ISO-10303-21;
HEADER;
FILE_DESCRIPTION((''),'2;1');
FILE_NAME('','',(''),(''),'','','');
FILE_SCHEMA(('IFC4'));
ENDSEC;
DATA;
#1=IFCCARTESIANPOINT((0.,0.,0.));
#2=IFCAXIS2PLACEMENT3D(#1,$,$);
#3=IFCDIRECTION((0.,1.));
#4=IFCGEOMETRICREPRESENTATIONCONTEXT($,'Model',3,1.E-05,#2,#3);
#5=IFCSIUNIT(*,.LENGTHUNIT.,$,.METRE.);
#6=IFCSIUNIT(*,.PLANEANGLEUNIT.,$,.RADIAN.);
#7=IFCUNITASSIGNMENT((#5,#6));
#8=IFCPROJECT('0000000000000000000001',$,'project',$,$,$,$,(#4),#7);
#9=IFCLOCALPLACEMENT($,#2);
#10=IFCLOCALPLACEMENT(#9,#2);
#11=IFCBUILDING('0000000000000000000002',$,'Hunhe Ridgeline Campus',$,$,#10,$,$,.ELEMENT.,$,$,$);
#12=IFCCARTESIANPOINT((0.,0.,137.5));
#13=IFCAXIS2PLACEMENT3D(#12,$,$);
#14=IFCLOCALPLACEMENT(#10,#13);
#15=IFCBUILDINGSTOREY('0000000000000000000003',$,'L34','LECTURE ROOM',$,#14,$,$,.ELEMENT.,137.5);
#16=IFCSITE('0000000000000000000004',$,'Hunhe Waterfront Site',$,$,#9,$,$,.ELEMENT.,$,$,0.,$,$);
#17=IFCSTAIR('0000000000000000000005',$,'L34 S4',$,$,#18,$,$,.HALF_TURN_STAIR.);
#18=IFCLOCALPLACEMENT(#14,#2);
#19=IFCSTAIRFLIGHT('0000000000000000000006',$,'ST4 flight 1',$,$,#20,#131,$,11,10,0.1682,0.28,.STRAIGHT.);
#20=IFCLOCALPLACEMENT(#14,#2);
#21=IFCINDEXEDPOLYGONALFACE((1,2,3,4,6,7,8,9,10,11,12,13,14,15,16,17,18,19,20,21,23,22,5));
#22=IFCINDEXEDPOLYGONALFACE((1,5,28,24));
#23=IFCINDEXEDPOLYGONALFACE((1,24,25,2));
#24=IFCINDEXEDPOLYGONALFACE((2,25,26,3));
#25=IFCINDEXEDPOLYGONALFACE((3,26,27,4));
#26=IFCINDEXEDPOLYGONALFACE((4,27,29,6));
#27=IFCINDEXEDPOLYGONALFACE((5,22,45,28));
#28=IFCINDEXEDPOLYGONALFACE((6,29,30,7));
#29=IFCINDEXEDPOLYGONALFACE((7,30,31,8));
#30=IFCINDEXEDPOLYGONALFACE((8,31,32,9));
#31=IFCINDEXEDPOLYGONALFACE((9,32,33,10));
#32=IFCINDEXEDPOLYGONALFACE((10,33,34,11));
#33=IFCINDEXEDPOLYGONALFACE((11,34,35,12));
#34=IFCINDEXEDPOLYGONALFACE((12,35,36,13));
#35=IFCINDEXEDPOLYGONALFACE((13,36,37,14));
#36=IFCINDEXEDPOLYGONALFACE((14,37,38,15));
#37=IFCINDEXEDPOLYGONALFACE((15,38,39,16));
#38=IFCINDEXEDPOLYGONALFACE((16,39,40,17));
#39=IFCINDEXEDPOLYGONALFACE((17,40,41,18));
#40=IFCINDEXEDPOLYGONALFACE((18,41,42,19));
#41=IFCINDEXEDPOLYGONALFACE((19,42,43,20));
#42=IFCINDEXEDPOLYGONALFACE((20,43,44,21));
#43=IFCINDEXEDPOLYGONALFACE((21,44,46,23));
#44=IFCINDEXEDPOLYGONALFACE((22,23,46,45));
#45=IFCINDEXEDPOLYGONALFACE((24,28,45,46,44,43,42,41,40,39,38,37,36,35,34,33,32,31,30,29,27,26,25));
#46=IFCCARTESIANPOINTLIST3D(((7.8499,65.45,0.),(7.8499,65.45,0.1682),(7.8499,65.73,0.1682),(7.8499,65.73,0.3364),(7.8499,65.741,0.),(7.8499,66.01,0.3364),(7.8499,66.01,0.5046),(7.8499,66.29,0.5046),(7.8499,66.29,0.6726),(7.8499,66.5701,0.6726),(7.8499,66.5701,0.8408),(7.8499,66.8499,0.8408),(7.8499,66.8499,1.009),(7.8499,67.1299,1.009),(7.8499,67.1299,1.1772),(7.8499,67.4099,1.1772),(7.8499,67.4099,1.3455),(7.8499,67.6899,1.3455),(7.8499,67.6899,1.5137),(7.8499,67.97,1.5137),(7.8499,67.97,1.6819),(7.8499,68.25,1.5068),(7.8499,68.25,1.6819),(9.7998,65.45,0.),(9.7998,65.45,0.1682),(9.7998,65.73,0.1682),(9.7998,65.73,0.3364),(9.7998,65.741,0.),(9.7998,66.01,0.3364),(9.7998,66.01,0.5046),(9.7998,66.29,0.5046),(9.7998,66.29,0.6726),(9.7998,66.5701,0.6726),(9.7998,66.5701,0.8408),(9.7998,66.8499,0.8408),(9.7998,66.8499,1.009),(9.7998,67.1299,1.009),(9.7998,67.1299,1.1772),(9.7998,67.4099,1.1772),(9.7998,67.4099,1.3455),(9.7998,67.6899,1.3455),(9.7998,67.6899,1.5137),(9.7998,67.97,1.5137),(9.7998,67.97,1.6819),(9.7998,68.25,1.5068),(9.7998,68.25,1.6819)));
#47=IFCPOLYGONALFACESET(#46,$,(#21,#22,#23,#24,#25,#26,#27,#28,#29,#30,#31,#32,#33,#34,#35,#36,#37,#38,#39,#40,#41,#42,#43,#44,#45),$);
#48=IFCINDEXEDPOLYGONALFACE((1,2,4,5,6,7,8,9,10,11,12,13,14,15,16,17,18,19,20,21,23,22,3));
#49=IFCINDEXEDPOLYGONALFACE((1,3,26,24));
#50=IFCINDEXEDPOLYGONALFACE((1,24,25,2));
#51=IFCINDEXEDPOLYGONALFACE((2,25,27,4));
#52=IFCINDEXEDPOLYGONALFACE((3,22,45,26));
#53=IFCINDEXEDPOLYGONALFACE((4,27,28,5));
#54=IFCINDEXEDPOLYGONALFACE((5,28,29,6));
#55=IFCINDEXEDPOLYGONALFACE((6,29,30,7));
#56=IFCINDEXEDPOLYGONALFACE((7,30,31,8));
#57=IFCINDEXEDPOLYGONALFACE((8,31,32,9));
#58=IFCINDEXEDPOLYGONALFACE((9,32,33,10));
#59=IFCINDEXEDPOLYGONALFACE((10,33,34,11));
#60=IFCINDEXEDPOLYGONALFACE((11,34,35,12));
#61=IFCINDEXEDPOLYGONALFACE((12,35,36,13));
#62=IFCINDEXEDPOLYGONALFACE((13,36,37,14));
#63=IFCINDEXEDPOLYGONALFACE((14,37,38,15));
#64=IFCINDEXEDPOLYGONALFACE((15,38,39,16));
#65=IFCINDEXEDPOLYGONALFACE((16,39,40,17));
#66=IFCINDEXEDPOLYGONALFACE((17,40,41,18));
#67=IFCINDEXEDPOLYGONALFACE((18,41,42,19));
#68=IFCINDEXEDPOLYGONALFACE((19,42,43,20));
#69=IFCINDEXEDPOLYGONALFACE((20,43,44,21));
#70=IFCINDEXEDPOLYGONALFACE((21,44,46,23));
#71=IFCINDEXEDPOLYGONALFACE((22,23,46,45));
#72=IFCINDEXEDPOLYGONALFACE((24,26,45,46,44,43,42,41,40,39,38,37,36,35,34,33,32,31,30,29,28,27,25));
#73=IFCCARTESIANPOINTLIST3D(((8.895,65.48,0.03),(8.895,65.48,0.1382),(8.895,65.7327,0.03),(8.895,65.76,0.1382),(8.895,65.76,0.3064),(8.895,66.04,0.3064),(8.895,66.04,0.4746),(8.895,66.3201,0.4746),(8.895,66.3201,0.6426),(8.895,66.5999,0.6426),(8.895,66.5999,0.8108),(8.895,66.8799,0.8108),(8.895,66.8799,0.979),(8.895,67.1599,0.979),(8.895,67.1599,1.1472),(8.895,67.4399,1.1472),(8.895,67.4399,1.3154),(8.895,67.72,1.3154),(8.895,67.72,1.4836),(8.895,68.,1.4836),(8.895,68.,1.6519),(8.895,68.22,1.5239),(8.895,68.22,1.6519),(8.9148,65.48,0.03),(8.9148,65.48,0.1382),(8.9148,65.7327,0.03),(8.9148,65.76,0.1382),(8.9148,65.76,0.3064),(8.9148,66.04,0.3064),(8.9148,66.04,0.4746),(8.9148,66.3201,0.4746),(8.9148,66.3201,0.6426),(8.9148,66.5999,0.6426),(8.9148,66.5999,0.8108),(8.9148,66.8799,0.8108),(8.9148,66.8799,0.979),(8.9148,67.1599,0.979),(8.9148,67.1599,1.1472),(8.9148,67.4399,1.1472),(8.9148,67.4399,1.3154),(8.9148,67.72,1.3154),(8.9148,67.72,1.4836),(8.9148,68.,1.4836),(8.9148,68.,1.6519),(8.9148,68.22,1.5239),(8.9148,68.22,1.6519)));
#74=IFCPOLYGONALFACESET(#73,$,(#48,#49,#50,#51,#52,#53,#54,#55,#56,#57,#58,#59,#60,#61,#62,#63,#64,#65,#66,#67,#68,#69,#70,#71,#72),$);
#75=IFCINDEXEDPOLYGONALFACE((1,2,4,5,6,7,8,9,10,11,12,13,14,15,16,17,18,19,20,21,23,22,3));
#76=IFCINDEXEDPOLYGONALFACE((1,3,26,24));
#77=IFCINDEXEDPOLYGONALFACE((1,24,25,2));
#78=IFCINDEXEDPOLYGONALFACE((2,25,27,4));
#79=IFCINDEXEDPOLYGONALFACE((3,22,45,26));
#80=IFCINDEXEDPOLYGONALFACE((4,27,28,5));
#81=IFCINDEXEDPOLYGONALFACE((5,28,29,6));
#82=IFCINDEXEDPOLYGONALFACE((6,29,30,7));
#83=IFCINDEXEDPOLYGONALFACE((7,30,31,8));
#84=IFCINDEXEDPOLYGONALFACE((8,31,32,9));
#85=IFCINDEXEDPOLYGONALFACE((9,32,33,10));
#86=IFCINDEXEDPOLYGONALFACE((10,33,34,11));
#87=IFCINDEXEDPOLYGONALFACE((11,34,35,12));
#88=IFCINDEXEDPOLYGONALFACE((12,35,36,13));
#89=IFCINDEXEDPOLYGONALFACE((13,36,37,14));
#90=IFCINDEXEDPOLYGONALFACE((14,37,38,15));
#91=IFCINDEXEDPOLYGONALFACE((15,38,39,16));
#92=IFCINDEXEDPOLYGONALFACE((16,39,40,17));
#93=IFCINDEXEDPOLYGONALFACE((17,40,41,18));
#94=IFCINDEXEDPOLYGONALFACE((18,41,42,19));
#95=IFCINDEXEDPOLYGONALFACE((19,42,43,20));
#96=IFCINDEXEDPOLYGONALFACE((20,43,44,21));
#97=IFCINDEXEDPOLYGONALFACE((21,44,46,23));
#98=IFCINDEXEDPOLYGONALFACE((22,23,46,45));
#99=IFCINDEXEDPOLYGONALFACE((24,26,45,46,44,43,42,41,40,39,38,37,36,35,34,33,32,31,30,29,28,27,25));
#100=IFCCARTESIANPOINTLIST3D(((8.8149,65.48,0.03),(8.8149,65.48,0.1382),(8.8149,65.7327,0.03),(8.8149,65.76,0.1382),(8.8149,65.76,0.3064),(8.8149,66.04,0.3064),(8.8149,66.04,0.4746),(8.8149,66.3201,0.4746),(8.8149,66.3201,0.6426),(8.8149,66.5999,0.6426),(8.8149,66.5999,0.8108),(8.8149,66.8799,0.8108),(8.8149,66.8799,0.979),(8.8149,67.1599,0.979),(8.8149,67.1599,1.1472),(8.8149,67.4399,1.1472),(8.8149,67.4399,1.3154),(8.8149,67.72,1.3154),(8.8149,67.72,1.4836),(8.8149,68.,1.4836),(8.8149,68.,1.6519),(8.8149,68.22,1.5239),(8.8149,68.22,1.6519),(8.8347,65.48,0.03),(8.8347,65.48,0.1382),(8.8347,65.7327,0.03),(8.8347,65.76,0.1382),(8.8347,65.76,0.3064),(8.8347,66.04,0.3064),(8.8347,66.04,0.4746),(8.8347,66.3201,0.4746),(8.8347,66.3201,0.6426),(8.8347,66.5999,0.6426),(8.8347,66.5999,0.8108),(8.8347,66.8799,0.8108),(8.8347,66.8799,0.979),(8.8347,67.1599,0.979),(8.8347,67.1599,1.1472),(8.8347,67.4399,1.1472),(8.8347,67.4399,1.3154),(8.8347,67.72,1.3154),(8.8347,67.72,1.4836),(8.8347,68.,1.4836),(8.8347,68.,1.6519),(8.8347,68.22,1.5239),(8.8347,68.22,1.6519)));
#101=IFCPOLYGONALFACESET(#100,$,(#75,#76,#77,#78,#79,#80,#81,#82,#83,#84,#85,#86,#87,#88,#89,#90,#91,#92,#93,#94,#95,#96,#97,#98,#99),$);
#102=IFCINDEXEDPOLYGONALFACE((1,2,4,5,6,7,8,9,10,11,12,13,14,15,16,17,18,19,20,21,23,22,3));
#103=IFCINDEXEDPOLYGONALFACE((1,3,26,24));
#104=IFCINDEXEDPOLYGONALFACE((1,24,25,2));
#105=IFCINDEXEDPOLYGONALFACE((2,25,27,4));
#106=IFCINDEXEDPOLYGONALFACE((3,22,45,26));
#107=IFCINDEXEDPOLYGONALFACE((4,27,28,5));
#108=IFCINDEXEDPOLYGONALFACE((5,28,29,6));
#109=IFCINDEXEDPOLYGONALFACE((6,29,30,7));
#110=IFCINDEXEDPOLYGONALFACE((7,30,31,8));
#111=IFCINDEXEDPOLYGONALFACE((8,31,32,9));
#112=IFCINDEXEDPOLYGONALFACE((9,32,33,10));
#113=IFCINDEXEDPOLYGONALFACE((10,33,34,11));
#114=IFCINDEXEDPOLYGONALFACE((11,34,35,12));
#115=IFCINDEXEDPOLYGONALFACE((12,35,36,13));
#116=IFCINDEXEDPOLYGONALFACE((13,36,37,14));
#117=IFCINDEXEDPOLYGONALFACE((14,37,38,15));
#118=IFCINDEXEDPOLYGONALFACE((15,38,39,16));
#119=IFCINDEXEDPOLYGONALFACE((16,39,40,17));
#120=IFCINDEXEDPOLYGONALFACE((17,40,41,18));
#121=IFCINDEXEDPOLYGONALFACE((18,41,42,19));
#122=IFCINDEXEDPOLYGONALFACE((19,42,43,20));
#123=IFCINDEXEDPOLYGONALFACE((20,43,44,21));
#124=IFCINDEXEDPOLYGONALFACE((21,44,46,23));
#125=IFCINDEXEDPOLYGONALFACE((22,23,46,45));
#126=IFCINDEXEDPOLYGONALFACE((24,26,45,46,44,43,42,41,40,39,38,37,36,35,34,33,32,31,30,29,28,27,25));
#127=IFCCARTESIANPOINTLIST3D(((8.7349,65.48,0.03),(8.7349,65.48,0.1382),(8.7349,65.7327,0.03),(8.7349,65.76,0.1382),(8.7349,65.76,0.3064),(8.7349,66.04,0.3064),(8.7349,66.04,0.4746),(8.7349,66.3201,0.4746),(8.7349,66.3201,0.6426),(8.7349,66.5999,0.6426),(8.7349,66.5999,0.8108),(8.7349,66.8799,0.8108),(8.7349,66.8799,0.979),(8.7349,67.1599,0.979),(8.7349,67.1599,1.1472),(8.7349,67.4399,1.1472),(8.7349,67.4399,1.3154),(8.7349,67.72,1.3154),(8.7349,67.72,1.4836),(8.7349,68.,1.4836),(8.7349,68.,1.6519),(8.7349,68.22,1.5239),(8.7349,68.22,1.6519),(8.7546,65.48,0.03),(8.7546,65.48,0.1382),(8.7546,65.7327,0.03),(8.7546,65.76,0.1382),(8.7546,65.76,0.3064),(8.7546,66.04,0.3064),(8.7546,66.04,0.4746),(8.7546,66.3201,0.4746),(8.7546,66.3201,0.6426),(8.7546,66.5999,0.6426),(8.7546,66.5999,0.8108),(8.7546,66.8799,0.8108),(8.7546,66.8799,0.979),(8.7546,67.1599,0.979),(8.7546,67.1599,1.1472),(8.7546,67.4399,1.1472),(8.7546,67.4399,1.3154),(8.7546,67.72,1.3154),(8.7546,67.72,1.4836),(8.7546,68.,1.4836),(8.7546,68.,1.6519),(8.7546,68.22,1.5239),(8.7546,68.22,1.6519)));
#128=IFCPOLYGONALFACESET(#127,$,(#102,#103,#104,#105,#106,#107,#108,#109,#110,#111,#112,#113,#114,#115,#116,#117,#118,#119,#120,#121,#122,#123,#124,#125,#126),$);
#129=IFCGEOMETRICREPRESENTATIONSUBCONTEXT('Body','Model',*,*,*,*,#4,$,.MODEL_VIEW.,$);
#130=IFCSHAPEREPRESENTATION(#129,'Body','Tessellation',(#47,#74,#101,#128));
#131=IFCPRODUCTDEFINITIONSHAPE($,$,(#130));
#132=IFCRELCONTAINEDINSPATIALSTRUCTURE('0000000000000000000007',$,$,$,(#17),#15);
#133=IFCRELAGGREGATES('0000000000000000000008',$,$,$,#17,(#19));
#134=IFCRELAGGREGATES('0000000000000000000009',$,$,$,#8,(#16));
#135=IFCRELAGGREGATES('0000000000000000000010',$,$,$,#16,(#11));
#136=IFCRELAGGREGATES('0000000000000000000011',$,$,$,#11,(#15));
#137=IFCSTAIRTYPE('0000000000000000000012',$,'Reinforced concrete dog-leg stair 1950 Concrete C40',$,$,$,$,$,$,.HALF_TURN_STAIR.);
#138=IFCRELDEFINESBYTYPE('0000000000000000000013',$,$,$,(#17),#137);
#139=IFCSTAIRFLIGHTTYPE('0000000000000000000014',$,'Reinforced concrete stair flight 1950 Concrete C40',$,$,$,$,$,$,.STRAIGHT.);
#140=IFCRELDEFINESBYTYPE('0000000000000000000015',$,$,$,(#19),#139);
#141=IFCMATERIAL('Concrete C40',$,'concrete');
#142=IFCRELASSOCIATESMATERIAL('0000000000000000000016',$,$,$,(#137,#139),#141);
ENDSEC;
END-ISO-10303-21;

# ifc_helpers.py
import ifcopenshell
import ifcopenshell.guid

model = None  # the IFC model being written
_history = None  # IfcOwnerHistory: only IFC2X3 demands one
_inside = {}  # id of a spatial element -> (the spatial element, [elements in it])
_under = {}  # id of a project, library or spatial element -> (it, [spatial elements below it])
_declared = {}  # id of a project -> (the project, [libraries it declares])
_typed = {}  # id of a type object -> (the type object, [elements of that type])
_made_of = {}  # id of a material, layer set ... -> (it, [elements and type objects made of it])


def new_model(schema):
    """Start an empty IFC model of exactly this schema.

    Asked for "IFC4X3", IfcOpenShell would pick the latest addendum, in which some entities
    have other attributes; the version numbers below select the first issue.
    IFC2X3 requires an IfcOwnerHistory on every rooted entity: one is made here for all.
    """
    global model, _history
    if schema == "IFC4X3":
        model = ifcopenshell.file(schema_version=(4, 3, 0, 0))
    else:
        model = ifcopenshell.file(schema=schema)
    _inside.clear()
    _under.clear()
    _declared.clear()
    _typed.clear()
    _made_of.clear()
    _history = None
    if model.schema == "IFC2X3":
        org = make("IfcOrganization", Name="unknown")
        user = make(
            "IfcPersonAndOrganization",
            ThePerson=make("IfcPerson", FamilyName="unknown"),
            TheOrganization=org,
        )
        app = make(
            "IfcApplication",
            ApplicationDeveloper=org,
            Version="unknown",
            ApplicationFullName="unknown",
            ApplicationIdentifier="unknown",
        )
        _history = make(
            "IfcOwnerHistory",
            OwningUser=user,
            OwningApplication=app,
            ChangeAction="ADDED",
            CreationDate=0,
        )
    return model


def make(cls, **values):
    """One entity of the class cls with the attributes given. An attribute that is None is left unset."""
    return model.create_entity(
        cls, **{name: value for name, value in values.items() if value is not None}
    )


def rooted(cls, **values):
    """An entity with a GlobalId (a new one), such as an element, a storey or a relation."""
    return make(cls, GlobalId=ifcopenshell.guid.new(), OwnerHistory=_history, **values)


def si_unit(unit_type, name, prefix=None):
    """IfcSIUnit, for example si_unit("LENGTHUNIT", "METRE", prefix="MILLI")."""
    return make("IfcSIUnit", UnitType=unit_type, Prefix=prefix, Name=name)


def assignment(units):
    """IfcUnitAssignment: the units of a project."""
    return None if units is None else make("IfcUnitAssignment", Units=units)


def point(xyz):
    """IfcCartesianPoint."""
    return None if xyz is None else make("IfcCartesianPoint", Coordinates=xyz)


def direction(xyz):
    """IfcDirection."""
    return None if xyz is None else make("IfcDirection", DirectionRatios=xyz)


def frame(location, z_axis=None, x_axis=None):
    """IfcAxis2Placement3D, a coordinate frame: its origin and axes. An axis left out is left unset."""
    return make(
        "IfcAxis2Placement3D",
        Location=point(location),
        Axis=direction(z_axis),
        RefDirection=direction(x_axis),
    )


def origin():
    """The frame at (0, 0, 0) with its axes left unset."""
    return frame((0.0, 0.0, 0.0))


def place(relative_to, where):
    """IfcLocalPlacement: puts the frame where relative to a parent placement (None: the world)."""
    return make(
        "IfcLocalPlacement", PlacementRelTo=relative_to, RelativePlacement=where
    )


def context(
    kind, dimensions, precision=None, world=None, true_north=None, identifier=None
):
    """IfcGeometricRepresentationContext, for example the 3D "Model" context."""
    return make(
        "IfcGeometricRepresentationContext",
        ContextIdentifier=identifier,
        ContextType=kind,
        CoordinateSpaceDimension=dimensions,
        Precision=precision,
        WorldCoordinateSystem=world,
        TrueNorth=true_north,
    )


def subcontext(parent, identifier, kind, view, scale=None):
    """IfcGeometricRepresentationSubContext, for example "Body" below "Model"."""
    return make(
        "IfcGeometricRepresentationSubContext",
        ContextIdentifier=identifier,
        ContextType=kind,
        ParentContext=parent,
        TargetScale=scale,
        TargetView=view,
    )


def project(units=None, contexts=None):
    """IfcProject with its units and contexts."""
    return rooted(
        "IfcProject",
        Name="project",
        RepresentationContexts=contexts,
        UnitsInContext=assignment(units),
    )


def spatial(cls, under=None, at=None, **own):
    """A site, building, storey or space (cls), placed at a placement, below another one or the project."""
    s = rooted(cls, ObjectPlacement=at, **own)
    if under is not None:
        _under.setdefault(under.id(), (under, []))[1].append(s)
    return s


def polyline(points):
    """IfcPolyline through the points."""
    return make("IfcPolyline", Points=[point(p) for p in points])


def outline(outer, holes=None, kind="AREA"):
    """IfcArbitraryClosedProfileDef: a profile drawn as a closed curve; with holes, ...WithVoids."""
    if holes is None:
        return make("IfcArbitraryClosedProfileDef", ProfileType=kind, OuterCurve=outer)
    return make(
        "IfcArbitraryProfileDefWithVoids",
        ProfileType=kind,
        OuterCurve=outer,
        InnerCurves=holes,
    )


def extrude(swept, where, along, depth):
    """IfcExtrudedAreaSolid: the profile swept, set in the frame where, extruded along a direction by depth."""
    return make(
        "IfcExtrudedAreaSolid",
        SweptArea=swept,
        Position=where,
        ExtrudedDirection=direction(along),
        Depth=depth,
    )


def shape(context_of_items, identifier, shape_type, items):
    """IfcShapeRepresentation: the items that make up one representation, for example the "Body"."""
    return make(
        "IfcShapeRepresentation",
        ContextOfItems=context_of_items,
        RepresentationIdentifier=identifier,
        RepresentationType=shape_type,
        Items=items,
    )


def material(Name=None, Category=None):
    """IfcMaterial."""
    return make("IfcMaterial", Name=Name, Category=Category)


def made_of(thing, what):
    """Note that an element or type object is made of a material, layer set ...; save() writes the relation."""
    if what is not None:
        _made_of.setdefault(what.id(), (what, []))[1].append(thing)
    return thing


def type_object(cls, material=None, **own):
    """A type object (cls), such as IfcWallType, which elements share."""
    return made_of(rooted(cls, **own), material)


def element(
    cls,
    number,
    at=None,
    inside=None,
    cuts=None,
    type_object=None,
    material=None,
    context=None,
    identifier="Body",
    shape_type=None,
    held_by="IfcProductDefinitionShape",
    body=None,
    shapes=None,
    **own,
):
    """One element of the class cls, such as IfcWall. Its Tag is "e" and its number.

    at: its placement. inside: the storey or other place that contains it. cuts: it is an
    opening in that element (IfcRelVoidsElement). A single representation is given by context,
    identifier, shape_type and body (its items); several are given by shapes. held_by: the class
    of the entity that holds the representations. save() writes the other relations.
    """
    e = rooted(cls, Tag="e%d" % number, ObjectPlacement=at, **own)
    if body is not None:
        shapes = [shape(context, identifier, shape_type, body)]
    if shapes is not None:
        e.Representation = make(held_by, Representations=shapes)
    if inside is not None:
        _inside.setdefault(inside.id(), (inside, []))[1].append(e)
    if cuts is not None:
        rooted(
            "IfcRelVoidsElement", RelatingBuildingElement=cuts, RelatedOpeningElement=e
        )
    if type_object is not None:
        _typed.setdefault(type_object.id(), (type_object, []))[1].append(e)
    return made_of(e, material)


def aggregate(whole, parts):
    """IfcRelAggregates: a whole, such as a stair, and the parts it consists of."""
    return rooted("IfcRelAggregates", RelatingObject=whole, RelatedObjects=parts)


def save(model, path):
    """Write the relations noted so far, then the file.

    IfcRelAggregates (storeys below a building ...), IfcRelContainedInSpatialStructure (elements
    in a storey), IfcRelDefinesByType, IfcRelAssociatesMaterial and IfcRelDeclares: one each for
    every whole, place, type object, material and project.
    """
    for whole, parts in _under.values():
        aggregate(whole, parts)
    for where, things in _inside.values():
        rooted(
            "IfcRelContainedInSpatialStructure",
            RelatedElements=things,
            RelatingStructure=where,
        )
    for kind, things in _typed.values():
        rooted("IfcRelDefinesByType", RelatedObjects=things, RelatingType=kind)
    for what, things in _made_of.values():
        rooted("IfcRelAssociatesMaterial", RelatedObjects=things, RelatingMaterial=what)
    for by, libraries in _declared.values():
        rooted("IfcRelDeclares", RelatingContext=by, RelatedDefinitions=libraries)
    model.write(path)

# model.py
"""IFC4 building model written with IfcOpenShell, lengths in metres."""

from ifc_helpers import new_model, si_unit, direction, frame, origin, place, context, subcontext, project, spatial, polyline, outline, extrude, material, type_object, element, aggregate, save


model = new_model("IFC4")

# Units and contexts
model_context = context("Model", 3, precision=1e-05, world=origin(), true_north=direction((0.0, 1.0)))
body_context = subcontext(model_context, "Body", "Model", "MODEL_VIEW")
ifc_project = project(units=[si_unit("LENGTHUNIT", "METRE"), si_unit("PLANEANGLEUNIT", "RADIAN")], contexts=[model_context])

# Site, building, storey
site_placement = place(None, origin())
site = spatial("IfcSite", under=ifc_project, at=site_placement, Name="Hunhe Waterfront Site", CompositionType="ELEMENT", RefElevation=0.0)
building_placement = place(site_placement, origin())
building = spatial("IfcBuilding", under=site, at=building_placement, Name="Hunhe Ridgeline Campus", CompositionType="ELEMENT")
storey_placement = place(building_placement, frame((0.0, 0.0, 137.5)))
storey = spatial("IfcBuildingStorey", under=building, at=storey_placement, Name="L34", Description="LECTURE ROOM", CompositionType="ELEMENT", Elevation=137.5)

# Stair, stair flight
ifc_material_1 = material(Name="Concrete C40", Category="concrete")
stair_type = type_object("IfcStairType", Name="Reinforced concrete dog-leg stair 1950 Concrete C40", PredefinedType="HALF_TURN_STAIR", material=ifc_material_1)
stair_flight_type = type_object("IfcStairFlightType", Name="Reinforced concrete stair flight 1950 Concrete C40", PredefinedType="STRAIGHT", material=ifc_material_1)
stair_1_placement = place(storey_placement, origin())
stair_1 = element("IfcStair", 1, at=stair_1_placement, inside=storey, type_object=stair_type, Name="L34 S4", PredefinedType="HALF_TURN_STAIR")
stair_flight_1_placement = place(storey_placement, frame((8.825, 65.45, 0.0), z_axis=(0.0, 0.0, 1.0), x_axis=(0.0, 1.0, 0.0)))
stair_flight_1 = element("IfcStairFlight", 2, at=stair_flight_1_placement, type_object=stair_flight_type, Name="ST4 flight 1", NumberOfRisers=11, NumberOfTreads=10, PredefinedType="STRAIGHT", RiserHeight=0.1682, TreadLength=0.28, context=body_context, shape_type="SweptSolid", body=[
    extrude(outline(polyline([(0.0, 0.0), (0.0, 0.1682), (0.28, 0.1682), (0.28, 0.3364), (0.5601, 0.3364), (0.5601, 0.5046), (0.8401, 0.5046), (0.8401, 0.6726), (1.1201, 0.6726), (1.1201, 0.8408), (1.3999, 0.8408), (1.3999, 1.009), (1.6799, 1.009), (1.6799, 1.1772), (1.96, 1.1772), (1.96, 1.3455), (2.24, 1.3455), (2.24, 1.5137), (2.52, 1.5137), (2.52, 1.6819), (2.8, 1.6819), (2.8, 1.8501), (2.8, 1.5068), (0.291, 0.0), (0.0, 0.0)])), frame((0.0, 0.9751, 0.0), z_axis=(0.0, -1.0, 0.0), x_axis=(1.0, 0.0, 0.0)), (0.0, 0.0, 1.0), 1.95),
    extrude(outline(polyline([(0.03, 0.03), (0.03, 0.1382), (0.3101, 0.1382), (0.3101, 0.3064), (0.5901, 0.3064), (0.5901, 0.4746), (0.8701, 0.4746), (0.8701, 0.6426), (1.1499, 0.6426), (1.1499, 0.8108), (1.4299, 0.8108), (1.4299, 0.979), (1.71, 0.979), (1.71, 1.1472), (1.99, 1.1472), (1.99, 1.3154), (2.27, 1.3154), (2.27, 1.4836), (2.55, 1.4836), (2.55, 1.6519), (2.77, 1.6519), (2.77, 1.5239), (0.2827, 0.03), (0.03, 0.03)])), frame((0.0, -0.0701, 0.0), z_axis=(0.0, -1.0, 0.0), x_axis=(1.0, 0.0, 0.0)), (0.0, 0.0, 1.0), 0.0198),
    extrude(outline(polyline([(0.03, 0.03), (0.03, 0.1382), (0.3101, 0.1382), (0.3101, 0.3064), (0.5901, 0.3064), (0.5901, 0.4746), (0.8701, 0.4746), (0.8701, 0.6426), (1.1499, 0.6426), (1.1499, 0.8108), (1.4299, 0.8108), (1.4299, 0.979), (1.71, 0.979), (1.71, 1.1472), (1.99, 1.1472), (1.99, 1.3154), (2.27, 1.3154), (2.27, 1.4836), (2.55, 1.4836), (2.55, 1.6519), (2.77, 1.6519), (2.77, 1.5239), (0.2827, 0.03), (0.03, 0.03)])), frame((0.0, 0.01, 0.0), z_axis=(0.0, -1.0, 0.0), x_axis=(1.0, 0.0, 0.0)), (0.0, 0.0, 1.0), 0.0198),
    extrude(outline(polyline([(0.03, 0.03), (0.03, 0.1382), (0.3101, 0.1382), (0.3101, 0.3064), (0.5901, 0.3064), (0.5901, 0.4746), (0.8701, 0.4746), (0.8701, 0.6426), (1.1499, 0.6426), (1.1499, 0.8108), (1.4299, 0.8108), (1.4299, 0.979), (1.71, 0.979), (1.71, 1.1472), (1.99, 1.1472), (1.99, 1.3154), (2.27, 1.3154), (2.27, 1.4836), (2.55, 1.4836), (2.55, 1.6519), (2.77, 1.6519), (2.77, 1.5239), (0.2827, 0.03), (0.03, 0.03)])), frame((0.0, 0.0901, 0.0), z_axis=(0.0, -1.0, 0.0), x_axis=(1.0, 0.0, 0.0)), (0.0, 0.0, 1.0), 0.0198),
])
aggregate(stair_1, [stair_flight_1])

save(model, "model.ifc")
